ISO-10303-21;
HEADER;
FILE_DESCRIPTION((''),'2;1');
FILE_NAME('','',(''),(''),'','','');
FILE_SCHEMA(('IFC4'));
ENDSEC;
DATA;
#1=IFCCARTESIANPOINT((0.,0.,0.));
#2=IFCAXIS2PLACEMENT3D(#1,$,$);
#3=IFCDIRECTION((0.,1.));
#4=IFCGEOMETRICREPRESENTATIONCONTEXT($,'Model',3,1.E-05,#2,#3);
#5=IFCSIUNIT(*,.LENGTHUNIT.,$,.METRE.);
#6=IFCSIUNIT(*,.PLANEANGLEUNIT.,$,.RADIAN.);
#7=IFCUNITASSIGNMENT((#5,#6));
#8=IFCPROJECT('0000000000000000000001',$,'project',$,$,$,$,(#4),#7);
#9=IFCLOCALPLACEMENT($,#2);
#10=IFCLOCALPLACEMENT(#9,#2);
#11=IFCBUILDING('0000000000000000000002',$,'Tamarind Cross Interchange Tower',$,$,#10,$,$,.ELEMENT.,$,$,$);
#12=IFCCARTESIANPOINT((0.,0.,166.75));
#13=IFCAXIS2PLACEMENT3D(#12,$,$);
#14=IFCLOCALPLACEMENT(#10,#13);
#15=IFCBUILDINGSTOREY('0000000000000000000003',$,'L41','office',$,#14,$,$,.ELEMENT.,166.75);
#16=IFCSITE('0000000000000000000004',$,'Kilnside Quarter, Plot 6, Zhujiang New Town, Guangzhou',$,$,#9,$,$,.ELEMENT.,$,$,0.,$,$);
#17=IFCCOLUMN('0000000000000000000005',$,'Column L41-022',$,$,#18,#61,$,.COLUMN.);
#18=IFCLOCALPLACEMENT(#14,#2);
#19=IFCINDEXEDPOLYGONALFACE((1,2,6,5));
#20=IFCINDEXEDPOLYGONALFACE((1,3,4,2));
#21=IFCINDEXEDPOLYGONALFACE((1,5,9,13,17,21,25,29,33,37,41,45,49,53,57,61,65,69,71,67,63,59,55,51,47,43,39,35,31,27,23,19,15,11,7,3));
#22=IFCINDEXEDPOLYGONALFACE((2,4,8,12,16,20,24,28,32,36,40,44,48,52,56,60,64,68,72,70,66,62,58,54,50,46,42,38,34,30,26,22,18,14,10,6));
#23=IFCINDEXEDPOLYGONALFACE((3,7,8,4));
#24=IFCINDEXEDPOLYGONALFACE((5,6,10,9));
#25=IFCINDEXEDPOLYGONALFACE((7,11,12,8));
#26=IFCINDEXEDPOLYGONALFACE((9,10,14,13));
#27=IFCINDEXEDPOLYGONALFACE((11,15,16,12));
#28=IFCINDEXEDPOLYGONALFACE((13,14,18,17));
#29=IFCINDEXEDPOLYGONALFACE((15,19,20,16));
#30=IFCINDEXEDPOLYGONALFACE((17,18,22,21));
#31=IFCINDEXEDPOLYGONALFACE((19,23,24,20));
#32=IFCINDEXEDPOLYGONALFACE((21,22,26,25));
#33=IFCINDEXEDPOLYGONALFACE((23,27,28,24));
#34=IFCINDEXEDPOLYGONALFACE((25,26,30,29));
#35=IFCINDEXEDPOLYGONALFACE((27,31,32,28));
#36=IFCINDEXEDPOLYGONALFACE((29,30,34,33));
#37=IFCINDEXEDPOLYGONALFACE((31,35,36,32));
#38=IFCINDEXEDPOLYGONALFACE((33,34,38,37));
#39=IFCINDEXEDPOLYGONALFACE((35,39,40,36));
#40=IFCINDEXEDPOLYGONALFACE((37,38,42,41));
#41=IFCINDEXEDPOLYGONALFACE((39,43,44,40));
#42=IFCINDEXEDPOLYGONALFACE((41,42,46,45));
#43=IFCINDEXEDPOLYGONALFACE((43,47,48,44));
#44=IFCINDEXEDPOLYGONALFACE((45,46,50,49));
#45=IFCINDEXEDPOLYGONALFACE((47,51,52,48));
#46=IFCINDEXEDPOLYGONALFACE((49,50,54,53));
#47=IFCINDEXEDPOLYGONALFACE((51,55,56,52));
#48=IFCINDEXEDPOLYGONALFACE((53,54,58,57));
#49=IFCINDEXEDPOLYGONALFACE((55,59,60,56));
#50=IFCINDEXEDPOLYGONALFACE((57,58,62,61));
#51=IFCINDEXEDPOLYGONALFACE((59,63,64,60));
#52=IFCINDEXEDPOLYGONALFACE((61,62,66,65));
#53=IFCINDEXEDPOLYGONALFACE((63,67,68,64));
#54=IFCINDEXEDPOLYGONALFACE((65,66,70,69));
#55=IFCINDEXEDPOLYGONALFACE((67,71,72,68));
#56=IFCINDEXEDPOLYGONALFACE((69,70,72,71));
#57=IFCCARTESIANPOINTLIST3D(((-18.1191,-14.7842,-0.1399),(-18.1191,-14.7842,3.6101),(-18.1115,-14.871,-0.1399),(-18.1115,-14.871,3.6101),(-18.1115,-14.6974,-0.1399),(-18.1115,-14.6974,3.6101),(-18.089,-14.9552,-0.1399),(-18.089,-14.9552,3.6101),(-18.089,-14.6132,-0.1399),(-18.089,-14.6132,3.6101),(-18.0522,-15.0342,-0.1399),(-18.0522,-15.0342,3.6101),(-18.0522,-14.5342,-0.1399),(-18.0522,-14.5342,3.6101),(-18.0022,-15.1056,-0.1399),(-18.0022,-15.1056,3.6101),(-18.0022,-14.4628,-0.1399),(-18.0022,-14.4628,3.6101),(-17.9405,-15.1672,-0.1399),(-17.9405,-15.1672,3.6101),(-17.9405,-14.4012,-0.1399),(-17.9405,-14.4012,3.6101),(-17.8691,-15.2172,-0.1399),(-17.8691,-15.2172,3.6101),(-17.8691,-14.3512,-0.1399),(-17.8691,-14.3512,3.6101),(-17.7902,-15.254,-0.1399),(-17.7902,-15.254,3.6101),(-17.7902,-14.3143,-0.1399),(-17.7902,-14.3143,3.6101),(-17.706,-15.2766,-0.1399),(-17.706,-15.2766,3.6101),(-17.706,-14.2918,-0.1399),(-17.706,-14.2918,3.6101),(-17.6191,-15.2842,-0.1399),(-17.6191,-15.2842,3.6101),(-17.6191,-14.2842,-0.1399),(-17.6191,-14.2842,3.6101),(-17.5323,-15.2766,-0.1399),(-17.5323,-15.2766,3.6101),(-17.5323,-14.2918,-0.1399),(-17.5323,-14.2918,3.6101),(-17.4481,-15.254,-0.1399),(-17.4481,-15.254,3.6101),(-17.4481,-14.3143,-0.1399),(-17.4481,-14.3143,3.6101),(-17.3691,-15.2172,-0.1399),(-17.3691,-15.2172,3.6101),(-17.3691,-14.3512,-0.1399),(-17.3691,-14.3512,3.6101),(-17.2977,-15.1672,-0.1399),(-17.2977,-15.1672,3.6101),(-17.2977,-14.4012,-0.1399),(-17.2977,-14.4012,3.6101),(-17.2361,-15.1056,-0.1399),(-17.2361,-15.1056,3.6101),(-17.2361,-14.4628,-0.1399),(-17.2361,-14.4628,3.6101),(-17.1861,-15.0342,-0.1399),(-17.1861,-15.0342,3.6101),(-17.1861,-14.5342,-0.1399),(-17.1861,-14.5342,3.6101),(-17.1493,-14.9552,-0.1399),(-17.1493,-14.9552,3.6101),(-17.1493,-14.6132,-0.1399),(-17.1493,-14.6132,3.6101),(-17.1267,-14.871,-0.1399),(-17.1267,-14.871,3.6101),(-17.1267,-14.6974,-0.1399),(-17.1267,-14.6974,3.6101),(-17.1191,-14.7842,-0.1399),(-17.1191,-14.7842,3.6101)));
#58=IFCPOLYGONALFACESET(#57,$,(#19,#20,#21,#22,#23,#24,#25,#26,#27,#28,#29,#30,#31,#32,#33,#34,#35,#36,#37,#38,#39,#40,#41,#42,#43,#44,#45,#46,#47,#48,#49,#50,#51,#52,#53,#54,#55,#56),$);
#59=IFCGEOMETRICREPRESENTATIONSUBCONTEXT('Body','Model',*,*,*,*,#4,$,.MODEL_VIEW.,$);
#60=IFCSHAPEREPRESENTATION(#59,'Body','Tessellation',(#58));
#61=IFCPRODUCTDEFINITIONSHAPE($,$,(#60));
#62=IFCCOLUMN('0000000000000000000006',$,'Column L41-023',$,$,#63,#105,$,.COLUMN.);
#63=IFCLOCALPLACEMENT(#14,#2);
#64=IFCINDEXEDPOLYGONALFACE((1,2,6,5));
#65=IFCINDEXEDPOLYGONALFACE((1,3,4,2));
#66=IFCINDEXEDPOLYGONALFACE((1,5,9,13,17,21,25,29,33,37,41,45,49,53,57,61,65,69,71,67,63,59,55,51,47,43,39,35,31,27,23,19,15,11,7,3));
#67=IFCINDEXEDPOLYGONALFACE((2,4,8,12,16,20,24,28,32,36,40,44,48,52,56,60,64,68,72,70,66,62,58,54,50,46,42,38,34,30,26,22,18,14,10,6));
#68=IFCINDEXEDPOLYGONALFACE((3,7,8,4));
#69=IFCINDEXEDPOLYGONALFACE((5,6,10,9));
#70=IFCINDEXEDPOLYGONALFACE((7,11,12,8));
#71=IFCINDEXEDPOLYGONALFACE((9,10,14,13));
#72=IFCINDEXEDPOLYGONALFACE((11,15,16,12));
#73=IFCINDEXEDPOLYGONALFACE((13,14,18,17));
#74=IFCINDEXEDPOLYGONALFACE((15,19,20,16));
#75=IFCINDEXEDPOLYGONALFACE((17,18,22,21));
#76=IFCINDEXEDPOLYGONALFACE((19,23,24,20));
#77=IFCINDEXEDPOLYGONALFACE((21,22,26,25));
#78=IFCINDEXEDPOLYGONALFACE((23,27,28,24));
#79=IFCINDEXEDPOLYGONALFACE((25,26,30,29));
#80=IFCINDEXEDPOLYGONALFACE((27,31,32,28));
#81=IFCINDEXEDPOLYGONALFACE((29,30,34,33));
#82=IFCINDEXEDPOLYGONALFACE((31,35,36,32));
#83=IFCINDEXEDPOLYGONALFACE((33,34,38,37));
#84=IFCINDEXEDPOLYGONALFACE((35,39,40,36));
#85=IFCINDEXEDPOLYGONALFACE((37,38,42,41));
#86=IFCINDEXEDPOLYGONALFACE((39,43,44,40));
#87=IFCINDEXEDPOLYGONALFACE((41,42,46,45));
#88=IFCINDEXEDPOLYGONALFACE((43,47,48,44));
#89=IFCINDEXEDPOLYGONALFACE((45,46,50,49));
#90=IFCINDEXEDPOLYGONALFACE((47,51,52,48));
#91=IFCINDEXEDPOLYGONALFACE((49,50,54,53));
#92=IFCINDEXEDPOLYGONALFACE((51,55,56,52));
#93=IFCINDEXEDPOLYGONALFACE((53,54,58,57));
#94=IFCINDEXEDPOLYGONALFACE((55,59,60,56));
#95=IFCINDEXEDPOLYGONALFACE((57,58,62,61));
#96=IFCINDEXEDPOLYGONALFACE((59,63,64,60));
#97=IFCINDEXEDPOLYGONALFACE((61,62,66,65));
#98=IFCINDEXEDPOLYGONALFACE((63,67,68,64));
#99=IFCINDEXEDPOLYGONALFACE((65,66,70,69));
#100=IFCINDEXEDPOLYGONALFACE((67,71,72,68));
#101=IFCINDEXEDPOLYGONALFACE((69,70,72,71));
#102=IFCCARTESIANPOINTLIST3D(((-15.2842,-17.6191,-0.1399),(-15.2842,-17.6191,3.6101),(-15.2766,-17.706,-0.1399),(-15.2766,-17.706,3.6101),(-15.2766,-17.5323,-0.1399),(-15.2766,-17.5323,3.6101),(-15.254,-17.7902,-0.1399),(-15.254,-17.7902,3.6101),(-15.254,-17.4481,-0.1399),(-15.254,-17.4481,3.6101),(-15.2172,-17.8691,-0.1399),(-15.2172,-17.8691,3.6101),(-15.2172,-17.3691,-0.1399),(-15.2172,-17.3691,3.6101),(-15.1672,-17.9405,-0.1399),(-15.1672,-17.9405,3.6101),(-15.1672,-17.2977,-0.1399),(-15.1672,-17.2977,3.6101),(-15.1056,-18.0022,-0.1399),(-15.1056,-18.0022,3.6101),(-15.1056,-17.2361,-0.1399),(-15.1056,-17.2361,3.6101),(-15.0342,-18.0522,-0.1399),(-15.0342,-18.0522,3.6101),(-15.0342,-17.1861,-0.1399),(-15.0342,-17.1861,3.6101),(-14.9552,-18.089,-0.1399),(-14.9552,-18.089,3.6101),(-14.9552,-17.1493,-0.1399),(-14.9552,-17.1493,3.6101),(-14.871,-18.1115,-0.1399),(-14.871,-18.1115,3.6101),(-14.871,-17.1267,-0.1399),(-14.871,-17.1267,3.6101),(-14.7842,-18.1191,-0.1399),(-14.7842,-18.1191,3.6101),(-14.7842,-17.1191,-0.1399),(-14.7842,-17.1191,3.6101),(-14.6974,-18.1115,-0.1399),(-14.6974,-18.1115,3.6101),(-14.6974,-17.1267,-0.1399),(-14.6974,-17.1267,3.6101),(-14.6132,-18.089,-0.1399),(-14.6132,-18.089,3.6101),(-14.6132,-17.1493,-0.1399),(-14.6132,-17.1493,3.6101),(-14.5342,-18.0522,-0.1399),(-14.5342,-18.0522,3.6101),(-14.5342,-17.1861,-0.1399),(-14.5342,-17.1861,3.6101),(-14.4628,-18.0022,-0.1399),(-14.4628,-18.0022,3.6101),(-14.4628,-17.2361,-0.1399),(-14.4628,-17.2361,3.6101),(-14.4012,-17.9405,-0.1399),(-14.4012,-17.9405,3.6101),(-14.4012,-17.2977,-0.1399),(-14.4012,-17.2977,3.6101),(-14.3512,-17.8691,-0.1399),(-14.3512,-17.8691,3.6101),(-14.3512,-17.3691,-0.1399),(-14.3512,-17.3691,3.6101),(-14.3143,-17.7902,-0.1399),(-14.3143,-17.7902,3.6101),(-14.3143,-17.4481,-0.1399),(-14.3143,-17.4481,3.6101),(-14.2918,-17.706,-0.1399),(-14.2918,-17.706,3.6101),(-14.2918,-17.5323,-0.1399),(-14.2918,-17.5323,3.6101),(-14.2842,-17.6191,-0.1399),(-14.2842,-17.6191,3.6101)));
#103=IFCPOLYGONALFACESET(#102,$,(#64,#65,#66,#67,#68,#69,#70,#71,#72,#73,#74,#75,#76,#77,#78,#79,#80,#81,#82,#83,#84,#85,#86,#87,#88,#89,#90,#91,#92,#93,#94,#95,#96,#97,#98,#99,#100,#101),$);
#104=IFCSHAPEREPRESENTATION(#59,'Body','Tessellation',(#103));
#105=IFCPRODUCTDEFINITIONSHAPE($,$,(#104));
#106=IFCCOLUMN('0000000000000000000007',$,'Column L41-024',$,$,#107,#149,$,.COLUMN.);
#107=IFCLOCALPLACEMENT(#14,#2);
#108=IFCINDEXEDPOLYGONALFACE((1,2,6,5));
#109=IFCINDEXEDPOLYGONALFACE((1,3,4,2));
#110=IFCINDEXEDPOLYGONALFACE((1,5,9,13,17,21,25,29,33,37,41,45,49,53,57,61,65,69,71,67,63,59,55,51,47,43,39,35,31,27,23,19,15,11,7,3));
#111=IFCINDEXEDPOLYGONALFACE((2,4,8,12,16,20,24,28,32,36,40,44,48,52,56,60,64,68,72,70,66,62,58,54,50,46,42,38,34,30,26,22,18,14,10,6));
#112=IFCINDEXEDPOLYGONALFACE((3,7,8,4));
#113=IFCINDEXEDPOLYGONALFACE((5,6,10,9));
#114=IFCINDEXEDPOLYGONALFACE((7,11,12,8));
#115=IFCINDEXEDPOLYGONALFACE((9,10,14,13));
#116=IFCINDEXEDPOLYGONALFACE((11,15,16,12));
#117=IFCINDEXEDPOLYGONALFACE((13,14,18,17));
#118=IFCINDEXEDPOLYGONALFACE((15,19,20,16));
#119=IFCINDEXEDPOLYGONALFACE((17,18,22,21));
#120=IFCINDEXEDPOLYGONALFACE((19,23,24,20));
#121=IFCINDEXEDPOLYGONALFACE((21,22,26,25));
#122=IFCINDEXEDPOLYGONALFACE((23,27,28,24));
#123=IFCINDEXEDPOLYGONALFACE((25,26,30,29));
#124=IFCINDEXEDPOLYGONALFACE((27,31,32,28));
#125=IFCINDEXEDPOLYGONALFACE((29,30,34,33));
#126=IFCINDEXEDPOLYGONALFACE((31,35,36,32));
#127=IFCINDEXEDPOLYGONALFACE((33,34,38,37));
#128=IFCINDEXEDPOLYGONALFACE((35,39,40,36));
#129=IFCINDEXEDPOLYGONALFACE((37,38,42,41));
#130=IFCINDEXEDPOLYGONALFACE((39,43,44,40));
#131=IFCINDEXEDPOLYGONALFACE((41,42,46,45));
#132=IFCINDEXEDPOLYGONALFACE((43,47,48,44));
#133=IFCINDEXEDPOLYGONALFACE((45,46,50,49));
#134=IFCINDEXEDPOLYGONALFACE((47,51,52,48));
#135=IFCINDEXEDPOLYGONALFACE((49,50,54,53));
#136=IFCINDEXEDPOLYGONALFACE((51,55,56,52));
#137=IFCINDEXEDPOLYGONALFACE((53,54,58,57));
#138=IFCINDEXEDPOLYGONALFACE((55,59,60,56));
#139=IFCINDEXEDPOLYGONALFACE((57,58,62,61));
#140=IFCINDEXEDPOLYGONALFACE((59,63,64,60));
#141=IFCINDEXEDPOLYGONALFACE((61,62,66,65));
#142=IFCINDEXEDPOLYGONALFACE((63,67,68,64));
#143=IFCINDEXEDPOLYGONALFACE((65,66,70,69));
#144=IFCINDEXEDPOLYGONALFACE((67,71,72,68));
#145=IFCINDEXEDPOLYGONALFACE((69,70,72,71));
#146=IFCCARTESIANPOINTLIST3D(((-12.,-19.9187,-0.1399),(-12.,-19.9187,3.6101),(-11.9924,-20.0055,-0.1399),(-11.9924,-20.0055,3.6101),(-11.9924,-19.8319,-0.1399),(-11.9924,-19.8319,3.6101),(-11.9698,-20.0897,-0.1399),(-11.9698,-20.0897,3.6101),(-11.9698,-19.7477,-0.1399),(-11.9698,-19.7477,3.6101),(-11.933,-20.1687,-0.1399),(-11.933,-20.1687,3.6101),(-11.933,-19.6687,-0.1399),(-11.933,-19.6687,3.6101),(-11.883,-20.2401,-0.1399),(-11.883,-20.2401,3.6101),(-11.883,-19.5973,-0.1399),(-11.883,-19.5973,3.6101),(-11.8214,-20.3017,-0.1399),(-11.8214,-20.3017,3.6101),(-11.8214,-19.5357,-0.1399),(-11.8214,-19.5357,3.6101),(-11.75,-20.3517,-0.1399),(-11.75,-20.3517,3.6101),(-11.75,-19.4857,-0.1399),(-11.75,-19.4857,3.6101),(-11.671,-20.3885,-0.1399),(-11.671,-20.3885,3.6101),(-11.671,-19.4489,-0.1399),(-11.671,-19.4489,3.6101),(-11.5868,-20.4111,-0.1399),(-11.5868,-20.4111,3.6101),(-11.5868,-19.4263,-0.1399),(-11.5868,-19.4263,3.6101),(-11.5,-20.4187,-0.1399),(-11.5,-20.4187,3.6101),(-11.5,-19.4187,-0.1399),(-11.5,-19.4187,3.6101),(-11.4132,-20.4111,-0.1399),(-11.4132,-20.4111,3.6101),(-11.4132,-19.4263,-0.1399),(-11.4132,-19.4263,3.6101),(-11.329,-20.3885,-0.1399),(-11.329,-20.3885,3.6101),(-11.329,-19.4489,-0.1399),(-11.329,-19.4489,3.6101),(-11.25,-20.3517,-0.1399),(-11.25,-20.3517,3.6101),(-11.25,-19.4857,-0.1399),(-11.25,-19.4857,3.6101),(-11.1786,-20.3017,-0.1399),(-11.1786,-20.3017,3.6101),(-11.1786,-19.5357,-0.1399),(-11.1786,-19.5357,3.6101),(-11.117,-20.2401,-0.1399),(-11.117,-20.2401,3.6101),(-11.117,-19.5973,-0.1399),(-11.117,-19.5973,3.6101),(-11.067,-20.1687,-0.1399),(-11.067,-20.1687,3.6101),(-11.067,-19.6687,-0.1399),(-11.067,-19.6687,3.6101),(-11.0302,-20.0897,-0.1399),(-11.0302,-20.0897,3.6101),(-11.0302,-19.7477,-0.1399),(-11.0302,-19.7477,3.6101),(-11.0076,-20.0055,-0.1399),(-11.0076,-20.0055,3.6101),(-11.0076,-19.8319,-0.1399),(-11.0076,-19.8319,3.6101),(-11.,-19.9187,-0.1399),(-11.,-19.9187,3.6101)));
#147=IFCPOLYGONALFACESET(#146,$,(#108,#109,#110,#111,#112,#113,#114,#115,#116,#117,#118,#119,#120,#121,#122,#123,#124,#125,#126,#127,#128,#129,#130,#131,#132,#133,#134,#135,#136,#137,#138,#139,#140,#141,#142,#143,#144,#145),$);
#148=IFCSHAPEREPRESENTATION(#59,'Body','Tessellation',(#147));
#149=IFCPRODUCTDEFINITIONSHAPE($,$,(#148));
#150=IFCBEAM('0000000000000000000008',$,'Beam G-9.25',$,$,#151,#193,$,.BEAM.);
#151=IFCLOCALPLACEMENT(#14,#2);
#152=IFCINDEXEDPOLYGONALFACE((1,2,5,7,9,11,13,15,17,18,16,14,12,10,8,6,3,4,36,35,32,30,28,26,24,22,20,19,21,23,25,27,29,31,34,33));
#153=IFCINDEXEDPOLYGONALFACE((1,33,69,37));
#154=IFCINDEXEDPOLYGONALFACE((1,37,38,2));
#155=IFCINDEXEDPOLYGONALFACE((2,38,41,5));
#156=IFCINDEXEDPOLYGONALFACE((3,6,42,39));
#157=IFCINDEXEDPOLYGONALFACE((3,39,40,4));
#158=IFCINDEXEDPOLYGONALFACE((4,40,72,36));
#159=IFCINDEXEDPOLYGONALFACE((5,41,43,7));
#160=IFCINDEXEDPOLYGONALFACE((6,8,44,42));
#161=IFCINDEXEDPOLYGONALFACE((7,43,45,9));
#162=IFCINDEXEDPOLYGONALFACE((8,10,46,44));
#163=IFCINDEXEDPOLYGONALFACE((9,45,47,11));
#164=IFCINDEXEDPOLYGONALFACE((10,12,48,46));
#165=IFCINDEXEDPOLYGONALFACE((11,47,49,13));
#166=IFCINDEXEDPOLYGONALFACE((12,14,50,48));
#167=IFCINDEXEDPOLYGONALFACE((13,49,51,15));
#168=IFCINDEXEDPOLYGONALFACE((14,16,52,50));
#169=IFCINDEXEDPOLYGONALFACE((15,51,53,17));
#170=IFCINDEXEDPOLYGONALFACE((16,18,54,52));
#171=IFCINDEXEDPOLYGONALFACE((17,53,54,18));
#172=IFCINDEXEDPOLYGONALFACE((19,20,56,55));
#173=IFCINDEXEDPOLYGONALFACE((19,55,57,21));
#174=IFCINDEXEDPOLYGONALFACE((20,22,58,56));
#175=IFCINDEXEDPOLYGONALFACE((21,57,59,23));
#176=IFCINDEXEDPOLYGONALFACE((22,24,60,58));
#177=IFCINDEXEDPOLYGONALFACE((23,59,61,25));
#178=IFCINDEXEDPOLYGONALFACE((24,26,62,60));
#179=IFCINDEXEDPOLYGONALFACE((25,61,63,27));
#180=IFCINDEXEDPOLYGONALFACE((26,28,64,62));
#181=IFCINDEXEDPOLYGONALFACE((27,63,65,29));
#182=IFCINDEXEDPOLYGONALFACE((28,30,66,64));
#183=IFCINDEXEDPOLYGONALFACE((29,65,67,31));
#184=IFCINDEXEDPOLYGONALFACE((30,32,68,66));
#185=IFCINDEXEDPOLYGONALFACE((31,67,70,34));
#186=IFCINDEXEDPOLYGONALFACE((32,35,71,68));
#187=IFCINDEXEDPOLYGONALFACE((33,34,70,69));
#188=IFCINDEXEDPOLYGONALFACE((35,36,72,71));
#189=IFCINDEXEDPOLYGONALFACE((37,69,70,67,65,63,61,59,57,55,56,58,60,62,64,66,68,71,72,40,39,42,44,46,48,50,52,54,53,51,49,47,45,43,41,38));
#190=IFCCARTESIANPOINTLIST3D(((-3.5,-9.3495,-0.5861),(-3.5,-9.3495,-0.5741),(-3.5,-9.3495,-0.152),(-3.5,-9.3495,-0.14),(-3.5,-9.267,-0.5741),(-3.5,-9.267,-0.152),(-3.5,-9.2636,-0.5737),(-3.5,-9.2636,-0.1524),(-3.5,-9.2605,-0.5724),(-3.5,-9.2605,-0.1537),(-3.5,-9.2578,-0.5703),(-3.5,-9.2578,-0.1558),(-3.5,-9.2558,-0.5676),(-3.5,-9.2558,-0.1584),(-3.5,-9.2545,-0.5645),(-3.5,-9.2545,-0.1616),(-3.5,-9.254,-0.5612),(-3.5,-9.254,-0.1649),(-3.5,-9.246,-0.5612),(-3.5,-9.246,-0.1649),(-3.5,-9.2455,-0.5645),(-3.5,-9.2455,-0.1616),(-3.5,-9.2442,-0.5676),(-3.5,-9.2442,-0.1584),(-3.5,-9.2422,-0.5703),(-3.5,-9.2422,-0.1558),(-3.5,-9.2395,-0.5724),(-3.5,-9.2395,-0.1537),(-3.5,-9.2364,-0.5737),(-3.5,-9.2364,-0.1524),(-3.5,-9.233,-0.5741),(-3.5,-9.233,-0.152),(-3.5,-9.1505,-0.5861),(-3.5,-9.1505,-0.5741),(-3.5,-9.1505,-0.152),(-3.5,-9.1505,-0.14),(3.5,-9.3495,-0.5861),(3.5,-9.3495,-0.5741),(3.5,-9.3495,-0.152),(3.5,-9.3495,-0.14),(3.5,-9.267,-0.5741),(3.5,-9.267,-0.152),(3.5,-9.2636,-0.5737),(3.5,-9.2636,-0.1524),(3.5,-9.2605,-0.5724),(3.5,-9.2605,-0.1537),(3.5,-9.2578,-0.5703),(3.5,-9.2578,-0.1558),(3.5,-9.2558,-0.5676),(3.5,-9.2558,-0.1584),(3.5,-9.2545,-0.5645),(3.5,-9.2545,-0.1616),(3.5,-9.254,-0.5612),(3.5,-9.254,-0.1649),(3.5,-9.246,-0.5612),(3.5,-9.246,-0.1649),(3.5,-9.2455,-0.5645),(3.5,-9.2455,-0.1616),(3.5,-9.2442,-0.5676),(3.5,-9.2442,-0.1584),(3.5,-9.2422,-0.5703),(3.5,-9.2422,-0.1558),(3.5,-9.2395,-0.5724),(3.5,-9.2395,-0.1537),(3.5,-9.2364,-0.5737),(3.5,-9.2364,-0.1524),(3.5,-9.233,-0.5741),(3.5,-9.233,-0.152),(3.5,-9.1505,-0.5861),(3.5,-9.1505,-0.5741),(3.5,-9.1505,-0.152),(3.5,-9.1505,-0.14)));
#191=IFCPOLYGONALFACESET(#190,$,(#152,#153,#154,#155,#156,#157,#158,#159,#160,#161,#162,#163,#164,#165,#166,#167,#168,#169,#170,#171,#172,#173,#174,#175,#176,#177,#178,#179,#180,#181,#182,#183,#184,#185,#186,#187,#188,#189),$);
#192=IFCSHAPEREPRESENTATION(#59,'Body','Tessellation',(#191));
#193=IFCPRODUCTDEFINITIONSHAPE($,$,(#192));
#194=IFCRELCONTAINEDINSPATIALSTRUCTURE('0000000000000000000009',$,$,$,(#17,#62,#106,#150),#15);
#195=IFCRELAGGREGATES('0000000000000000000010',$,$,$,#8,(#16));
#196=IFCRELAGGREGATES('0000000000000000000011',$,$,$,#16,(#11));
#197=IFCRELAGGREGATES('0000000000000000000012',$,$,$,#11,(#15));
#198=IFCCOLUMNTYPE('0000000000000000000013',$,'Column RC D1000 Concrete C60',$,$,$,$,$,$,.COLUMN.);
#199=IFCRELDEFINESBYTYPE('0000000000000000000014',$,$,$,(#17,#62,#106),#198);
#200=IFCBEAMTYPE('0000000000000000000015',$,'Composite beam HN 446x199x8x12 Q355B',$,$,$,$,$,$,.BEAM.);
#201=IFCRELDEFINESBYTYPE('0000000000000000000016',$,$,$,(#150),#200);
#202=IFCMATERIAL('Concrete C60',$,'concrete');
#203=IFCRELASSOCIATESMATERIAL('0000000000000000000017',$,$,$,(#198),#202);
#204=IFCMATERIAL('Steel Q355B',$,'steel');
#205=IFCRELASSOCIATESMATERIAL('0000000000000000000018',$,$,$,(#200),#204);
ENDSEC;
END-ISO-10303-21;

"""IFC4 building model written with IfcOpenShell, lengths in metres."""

from ifc_helpers import new_model, si_unit, direction, frame, origin, origin_2d, place, context, subcontext, project, spatial, circle, i_section, extrude, material, material_profile, profile_set, type_object, element, save


model = new_model("IFC4")

# Units and contexts
model_context = context("Model", 3, precision=1e-05, world=origin(), true_north=direction((0.0, 1.0)))
body_context = subcontext(model_context, "Body", "Model", "MODEL_VIEW")
ifc_project = project(units=[si_unit("LENGTHUNIT", "METRE"), si_unit("PLANEANGLEUNIT", "RADIAN")], contexts=[model_context])

# Site, building, storey
site_placement = place(None, origin())
site = spatial("IfcSite", under=ifc_project, at=site_placement, Name="Kilnside Quarter, Plot 6, Zhujiang New Town, Guangzhou", CompositionType="ELEMENT", RefElevation=0.0)
building_placement = place(site_placement, origin())
building = spatial("IfcBuilding", under=site, at=building_placement, Name="Tamarind Cross Interchange Tower", CompositionType="ELEMENT")
storey_placement = place(building_placement, frame((0.0, 0.0, 166.75)))
storey = spatial("IfcBuildingStorey", under=building, at=storey_placement, Name="L41", Description="office", CompositionType="ELEMENT", Elevation=166.75)

# Columns
ifc_material_1 = material(Name="Concrete C60", Category="concrete")
ifc_material_profile_1 = material_profile(ifc_material_1, circle(Radius=0.5, at=origin_2d()), Name="RC D1000")
ifc_profile_set_1 = profile_set([ifc_material_profile_1], Name="Concrete C60")
column_type = type_object("IfcColumnType", Name="Column RC D1000 Concrete C60", PredefinedType="COLUMN", material=ifc_profile_set_1)
for number, where, z_axis, x_axis, name in (
    (1, (-17.6191, -14.7842, -0.1399), (0.0, 0.0, 1.0), (1.0, 0.0, 0.0), "Column L41-022"),
    (2, (-14.7842, -17.6191, -0.1399), (0.0, 0.0, 1.0), (1.0, 0.0, 0.0), "Column L41-023"),
    (3, (-11.5, -19.9187, -0.1399), (0.0, 0.0, 1.0), (1.0, 0.0, 0.0), "Column L41-024"),
):
    element("IfcColumn", number, at=place(storey_placement, frame(where, z_axis=z_axis, x_axis=x_axis)), inside=storey, type_object=column_type, Name=name, PredefinedType="COLUMN", context=body_context, shape_type="SweptSolid", body=[
        extrude(circle(Radius=0.5, at=origin_2d()), origin(), (0.0, 0.0, 1.0), 3.75),
    ])

# Beam
ifc_material_2 = material(Name="Steel Q355B", Category="steel")
ifc_material_profile_2 = material_profile(ifc_material_2, i_section(OverallWidth=0.199, OverallDepth=0.446, WebThickness=0.0081, FlangeThickness=0.012, FilletRadius=0.0129, at=origin_2d()), Name="HN 446x199x8x12")
ifc_profile_set_2 = profile_set([ifc_material_profile_2], Name="Steel Q355B")
beam_type_1 = type_object("IfcBeamType", Name="Composite beam HN 446x199x8x12 Q355B", PredefinedType="BEAM", material=ifc_profile_set_2)
beam_1_placement = place(storey_placement, frame((-3.5, -9.25, -0.363), z_axis=(1.0, 0.0, 0.0), x_axis=(0.0, 1.0, 0.0)))
element("IfcBeam", 4, at=beam_1_placement, inside=storey, type_object=beam_type_1, Name="Beam G-9.25", PredefinedType="BEAM", context=body_context, shape_type="SweptSolid", body=[
    extrude(i_section(OverallWidth=0.199, OverallDepth=0.446, WebThickness=0.0081, FlangeThickness=0.012, FilletRadius=0.0129, at=origin_2d()), origin(), (0.0, 0.0, 1.0), 7.0),
])

save(model, "model.ifc")
